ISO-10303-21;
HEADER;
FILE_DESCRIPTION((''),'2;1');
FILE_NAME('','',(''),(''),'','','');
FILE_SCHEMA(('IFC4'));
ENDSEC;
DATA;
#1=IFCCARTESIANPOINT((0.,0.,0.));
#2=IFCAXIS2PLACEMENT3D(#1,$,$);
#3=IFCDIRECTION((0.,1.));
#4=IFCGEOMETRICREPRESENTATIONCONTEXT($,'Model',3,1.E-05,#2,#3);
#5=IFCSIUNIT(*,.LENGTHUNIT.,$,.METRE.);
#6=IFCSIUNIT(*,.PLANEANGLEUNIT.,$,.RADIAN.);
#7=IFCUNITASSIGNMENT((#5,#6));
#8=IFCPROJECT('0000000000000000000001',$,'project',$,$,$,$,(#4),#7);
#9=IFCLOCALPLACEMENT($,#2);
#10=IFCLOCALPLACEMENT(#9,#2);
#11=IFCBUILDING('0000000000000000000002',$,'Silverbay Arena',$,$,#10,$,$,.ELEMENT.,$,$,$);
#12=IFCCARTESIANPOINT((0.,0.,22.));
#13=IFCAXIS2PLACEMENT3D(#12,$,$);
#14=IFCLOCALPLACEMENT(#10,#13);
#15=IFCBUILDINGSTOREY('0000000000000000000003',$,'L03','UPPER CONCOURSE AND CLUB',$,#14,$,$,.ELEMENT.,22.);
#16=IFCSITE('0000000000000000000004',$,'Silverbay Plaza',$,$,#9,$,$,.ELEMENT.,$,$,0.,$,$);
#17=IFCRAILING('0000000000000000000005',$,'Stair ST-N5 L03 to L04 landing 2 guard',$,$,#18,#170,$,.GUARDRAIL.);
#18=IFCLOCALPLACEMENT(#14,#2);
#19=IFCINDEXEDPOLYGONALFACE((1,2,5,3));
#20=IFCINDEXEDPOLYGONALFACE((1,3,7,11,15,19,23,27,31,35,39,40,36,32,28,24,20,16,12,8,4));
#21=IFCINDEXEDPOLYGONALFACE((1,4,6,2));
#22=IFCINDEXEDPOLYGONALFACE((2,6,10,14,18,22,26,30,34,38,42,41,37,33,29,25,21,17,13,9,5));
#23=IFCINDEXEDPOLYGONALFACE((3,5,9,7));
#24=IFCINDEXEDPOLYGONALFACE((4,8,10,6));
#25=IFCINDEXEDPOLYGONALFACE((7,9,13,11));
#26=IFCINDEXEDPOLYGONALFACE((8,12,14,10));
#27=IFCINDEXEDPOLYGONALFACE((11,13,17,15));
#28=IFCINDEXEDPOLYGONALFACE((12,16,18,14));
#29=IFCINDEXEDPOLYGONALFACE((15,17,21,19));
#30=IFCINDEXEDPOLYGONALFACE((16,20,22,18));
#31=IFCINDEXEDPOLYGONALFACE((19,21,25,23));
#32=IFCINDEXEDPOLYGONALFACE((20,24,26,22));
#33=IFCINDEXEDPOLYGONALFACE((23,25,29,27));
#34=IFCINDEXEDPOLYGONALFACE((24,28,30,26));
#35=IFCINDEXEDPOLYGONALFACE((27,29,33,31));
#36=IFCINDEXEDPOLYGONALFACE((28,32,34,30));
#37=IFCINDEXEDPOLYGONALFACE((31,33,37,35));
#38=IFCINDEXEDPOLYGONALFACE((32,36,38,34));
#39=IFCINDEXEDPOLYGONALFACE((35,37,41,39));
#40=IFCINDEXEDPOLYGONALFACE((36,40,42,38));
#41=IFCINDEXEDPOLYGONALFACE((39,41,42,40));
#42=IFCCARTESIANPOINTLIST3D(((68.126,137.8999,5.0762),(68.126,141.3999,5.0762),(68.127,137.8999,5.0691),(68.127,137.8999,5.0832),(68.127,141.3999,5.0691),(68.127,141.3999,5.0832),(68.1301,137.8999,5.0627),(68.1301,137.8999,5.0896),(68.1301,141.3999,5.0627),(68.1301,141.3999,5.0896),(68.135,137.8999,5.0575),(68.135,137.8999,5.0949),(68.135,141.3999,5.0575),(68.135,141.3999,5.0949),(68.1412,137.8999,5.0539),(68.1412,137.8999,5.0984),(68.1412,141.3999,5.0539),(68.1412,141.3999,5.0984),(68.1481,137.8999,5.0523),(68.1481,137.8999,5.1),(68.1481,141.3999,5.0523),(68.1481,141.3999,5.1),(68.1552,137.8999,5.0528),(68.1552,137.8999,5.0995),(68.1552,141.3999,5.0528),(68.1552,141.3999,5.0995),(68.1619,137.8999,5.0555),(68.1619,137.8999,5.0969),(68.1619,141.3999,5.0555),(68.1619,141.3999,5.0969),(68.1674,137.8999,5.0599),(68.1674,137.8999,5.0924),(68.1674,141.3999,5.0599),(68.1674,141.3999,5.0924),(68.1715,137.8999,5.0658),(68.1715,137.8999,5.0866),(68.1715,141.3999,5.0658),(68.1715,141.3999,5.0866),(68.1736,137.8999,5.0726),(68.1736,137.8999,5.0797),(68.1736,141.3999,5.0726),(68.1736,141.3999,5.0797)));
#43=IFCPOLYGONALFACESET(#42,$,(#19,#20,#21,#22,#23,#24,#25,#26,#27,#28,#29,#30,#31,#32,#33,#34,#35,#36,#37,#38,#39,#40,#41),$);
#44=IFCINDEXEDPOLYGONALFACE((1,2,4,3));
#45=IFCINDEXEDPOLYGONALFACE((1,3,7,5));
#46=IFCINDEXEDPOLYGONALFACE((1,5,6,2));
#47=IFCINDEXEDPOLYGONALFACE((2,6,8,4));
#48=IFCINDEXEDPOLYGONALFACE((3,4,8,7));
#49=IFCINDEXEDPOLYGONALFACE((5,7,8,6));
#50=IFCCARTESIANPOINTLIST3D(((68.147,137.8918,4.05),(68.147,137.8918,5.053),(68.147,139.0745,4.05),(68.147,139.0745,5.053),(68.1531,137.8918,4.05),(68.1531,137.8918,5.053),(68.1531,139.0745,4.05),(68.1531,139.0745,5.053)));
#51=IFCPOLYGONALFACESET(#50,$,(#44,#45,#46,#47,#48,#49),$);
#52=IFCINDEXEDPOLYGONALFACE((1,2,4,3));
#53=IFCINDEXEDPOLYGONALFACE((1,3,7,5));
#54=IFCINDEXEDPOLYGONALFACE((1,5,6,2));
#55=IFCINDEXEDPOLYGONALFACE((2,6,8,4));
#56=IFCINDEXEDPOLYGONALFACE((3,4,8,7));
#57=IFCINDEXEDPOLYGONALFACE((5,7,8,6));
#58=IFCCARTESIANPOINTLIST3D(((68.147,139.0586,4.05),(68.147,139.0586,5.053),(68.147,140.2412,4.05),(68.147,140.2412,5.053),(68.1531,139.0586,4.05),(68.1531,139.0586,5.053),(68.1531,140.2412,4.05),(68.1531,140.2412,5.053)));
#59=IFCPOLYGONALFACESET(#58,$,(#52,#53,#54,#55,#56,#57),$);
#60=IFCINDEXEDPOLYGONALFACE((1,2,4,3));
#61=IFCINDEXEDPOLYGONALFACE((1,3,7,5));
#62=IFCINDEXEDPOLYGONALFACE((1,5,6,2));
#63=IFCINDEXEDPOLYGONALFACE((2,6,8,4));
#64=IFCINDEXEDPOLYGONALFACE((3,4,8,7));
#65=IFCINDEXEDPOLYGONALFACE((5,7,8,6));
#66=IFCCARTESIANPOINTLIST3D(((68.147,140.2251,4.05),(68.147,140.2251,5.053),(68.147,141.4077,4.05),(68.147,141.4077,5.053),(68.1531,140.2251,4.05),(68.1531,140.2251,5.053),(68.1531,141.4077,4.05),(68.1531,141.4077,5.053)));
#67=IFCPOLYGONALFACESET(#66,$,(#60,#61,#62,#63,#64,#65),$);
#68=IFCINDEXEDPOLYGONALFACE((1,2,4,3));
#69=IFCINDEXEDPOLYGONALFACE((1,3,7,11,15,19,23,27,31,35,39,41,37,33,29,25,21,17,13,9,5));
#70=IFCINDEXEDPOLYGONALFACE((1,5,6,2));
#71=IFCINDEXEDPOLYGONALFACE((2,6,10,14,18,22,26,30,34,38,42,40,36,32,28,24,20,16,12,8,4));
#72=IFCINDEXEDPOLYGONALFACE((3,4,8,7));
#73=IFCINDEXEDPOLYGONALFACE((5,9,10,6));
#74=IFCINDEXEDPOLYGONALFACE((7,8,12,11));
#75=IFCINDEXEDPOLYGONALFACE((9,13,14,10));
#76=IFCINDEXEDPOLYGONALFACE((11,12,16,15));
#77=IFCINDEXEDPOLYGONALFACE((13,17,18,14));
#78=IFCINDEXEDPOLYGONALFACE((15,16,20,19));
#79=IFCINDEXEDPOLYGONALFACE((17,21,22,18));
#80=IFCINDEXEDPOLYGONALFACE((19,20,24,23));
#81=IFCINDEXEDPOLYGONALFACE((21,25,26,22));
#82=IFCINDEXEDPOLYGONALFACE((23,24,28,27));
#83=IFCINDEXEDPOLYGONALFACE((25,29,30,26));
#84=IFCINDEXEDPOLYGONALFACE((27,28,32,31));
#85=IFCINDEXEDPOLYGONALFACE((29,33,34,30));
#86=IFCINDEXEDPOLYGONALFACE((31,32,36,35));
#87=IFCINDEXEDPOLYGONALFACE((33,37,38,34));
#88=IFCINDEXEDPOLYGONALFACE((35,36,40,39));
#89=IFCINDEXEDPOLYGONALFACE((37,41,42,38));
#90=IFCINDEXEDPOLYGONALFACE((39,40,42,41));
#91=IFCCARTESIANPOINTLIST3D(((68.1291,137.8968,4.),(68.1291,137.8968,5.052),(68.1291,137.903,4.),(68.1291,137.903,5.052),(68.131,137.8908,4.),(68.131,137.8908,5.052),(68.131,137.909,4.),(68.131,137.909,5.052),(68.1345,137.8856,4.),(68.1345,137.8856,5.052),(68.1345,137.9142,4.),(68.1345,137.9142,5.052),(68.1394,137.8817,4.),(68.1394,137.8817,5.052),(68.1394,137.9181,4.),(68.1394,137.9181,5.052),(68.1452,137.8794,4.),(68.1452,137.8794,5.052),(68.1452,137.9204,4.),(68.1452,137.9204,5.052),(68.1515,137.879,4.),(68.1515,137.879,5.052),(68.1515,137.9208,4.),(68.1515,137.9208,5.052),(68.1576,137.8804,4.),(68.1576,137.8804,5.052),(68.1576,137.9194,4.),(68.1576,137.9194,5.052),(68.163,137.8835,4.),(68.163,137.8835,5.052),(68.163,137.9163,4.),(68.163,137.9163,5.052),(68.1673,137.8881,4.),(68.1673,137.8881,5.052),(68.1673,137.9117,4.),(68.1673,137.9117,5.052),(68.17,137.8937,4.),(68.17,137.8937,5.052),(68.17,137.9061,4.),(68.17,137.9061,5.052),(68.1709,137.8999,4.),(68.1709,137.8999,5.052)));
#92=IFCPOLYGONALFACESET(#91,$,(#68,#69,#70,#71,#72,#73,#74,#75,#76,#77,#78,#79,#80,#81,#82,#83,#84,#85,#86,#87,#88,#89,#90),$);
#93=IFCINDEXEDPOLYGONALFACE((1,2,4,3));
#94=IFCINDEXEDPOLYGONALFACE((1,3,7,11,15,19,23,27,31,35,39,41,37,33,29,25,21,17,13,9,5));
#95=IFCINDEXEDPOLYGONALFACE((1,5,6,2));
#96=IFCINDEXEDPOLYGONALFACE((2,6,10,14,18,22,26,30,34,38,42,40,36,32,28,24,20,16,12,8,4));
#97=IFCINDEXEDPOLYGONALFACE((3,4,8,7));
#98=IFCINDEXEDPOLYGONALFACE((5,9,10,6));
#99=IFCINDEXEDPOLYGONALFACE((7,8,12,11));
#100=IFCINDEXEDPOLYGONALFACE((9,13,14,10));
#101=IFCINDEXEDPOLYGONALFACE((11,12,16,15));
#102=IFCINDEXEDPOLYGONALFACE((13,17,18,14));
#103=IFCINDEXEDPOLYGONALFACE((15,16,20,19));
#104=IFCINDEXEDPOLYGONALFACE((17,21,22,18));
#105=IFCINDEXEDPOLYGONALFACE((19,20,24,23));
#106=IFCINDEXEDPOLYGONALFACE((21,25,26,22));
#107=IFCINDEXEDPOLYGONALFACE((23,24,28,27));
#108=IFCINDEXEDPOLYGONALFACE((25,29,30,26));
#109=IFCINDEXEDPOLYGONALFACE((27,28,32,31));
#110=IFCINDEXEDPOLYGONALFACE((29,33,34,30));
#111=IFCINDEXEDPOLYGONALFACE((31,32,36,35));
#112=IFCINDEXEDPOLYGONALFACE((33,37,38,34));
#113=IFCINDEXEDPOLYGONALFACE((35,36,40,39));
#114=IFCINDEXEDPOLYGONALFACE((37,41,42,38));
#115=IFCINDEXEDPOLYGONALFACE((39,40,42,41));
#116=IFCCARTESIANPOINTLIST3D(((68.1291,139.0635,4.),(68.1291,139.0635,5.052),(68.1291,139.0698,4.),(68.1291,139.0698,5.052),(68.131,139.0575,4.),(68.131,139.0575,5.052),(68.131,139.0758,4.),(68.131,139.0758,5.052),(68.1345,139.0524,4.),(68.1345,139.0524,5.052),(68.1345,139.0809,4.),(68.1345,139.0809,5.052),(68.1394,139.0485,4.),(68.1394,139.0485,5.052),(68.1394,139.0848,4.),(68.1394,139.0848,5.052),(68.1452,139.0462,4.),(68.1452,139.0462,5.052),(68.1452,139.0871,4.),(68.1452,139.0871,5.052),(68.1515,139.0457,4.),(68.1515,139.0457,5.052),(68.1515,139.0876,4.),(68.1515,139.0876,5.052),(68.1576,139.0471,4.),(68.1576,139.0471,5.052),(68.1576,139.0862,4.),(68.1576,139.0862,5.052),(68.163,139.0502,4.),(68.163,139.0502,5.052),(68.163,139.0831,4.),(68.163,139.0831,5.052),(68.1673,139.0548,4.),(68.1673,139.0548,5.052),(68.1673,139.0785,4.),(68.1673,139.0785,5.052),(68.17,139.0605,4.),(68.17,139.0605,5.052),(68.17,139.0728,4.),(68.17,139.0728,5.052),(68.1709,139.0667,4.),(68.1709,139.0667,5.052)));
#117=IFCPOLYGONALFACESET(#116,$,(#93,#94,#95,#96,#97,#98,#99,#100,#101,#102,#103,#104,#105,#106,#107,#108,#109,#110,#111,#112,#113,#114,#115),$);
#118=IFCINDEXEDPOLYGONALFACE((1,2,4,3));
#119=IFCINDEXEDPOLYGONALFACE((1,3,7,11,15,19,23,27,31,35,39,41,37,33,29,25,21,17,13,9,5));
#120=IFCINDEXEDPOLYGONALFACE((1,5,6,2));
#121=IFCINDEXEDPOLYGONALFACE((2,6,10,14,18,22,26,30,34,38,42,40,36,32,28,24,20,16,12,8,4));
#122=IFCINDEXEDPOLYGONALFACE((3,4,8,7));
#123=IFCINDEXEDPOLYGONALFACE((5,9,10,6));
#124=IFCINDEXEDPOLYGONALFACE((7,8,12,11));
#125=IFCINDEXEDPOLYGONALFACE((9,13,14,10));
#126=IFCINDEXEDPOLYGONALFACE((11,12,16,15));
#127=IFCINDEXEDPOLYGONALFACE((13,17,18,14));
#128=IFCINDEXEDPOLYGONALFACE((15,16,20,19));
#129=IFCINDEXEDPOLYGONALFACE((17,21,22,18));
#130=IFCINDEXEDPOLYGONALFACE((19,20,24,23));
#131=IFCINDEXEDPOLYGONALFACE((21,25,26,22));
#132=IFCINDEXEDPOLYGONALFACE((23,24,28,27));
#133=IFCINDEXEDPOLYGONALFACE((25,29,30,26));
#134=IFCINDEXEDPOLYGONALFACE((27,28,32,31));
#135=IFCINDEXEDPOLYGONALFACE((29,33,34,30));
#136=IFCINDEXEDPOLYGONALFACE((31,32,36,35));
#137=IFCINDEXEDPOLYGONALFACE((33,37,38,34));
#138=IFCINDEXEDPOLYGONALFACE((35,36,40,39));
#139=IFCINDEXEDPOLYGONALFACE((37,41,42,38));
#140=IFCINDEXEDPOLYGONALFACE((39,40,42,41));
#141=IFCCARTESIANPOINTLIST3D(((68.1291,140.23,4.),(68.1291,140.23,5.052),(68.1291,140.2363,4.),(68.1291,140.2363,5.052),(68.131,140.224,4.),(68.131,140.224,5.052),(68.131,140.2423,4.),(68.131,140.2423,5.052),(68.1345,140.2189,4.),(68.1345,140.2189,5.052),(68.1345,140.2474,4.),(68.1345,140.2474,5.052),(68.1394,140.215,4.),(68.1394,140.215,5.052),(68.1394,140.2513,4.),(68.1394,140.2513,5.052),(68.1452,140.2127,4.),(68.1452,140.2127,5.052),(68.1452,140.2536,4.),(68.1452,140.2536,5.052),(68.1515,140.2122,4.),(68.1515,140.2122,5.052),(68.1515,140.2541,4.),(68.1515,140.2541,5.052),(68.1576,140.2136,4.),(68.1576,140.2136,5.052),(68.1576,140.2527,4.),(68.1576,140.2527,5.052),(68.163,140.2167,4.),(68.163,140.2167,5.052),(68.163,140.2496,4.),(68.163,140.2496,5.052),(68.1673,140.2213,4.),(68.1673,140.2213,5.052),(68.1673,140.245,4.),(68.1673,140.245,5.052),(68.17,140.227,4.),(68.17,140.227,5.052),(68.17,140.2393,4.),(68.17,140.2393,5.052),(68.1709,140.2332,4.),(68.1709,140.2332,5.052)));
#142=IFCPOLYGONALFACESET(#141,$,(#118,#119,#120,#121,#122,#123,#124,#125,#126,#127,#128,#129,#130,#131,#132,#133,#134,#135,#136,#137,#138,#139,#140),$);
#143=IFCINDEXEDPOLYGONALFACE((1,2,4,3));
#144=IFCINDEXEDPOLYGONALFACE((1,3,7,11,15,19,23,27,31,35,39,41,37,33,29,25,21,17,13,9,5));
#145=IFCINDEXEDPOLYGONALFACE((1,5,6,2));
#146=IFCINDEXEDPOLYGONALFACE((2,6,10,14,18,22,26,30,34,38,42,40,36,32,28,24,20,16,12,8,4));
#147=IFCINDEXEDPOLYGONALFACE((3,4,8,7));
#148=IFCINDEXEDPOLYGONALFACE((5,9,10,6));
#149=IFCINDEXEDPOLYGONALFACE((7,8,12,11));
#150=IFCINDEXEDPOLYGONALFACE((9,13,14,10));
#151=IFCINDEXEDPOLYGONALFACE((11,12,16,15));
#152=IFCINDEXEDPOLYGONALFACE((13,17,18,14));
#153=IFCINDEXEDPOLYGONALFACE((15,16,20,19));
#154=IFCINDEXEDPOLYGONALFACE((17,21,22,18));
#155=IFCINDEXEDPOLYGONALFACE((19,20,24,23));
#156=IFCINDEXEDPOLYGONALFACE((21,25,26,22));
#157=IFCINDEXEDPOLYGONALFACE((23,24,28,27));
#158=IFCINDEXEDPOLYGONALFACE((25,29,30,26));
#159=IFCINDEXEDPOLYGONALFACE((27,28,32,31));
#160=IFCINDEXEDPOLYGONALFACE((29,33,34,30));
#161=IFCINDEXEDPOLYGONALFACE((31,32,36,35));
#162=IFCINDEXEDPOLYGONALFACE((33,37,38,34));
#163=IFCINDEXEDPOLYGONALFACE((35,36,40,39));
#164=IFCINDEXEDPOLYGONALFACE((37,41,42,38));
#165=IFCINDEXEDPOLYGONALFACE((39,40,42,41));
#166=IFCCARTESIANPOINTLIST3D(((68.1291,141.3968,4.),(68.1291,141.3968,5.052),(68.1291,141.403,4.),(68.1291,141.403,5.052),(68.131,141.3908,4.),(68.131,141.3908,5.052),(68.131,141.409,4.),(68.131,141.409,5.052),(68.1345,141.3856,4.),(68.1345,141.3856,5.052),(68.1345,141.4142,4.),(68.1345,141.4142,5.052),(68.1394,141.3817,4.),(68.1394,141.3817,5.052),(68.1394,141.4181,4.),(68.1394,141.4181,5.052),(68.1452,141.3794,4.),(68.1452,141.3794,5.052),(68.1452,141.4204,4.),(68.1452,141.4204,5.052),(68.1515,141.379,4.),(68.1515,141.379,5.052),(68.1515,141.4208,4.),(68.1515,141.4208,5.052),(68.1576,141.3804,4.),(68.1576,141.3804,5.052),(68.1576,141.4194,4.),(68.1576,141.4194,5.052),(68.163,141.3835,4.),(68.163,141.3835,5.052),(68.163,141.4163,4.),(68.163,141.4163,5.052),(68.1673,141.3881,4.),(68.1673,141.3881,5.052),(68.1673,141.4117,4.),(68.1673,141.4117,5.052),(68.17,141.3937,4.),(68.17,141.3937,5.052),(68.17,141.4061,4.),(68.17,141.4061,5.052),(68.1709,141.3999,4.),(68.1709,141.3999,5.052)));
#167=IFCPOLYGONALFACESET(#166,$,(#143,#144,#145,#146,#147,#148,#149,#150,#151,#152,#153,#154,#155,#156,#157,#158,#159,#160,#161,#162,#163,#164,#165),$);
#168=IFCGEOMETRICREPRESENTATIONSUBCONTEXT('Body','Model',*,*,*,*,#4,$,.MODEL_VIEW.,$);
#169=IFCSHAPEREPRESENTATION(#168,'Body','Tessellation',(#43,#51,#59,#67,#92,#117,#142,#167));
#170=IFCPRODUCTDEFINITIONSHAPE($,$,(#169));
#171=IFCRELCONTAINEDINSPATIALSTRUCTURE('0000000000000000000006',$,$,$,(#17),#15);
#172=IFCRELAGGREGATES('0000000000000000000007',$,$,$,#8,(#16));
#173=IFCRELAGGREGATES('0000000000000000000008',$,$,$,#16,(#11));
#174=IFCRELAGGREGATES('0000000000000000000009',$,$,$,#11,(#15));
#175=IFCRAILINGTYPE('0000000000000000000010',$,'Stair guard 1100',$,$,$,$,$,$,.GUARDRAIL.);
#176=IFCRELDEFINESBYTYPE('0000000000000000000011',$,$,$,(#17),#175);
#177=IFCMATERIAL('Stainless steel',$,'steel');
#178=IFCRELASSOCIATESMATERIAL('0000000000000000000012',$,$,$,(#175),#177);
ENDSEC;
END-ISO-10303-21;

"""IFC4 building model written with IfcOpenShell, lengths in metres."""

from ifc_helpers import new_model, si_unit, direction, frame, origin, origin_2d, place, context, subcontext, project, spatial, polyline, circle, outline, extrude, material, type_object, element, save


model = new_model("IFC4")

# Units and contexts
model_context = context("Model", 3, precision=1e-05, world=origin(), true_north=direction((0.0, 1.0)))
body_context = subcontext(model_context, "Body", "Model", "MODEL_VIEW")
ifc_project = project(units=[si_unit("LENGTHUNIT", "METRE"), si_unit("PLANEANGLEUNIT", "RADIAN")], contexts=[model_context])

# Site, building, storey
site_placement = place(None, origin())
site = spatial("IfcSite", under=ifc_project, at=site_placement, Name="Silverbay Plaza", CompositionType="ELEMENT", RefElevation=0.0)
building_placement = place(site_placement, origin())
building = spatial("IfcBuilding", under=site, at=building_placement, Name="Silverbay Arena", CompositionType="ELEMENT")
storey_placement = place(building_placement, frame((0.0, 0.0, 22.0)))
storey = spatial("IfcBuildingStorey", under=building, at=storey_placement, Name="L03", Description="UPPER CONCOURSE AND CLUB", CompositionType="ELEMENT", Elevation=22.0)

# Railing
ifc_material_1 = material(Name="Stainless steel", Category="steel")
railing_type_1 = type_object("IfcRailingType", Name="Stair guard 1100", PredefinedType="GUARDRAIL", material=ifc_material_1)
for number, where, name in (
    (1, (68.1499, 137.8999, 4.0), "Stair ST-N5 L03 to L04 landing 2 guard"),
):
    element("IfcRailing", number, at=place(storey_placement, frame(where)), inside=storey, type_object=railing_type_1, Name=name, PredefinedType="GUARDRAIL", context=body_context, shape_type="SweptSolid", body=[
        extrude(circle(Radius=0.0239, at=origin_2d()), frame((0.0, 0.0, 1.0762), z_axis=(0.0, 1.0, 0.0), x_axis=(-1.0, 0.0, 0.0)), (0.0, 0.0, 1.0), 3.5),
        extrude(outline(polyline([(-0.0081, 0.05), (1.1746, 0.05), (1.1746, 1.053), (-0.0081, 1.053), (-0.0081, 0.05)])), frame((-0.0029, 0.0, 0.0), z_axis=(1.0, 0.0, 0.0), x_axis=(0.0, 1.0, 0.0)), (0.0, 0.0, 1.0), 0.0061),
        extrude(outline(polyline([(-0.0081, 0.05), (1.1746, 0.05), (1.1746, 1.053), (-0.0081, 1.053), (-0.0081, 0.05)])), frame((-0.0029, 1.1667, 0.0), z_axis=(1.0, 0.0, 0.0), x_axis=(0.0, 1.0, 0.0)), (0.0, 0.0, 1.0), 0.0061),
        extrude(outline(polyline([(-0.0081, 0.05), (1.1746, 0.05), (1.1746, 1.053), (-0.0081, 1.053), (-0.0081, 0.05)])), frame((-0.0029, 2.3333, 0.0), z_axis=(1.0, 0.0, 0.0), x_axis=(0.0, 1.0, 0.0)), (0.0, 0.0, 1.0), 0.0061),
        extrude(circle(Radius=0.021, at=origin_2d()), origin(), (0.0, 0.0, 1.0), 1.052),
        extrude(circle(Radius=0.021, at=origin_2d()), frame((0.0, 1.1667, 0.0)), (0.0, 0.0, 1.0), 1.052),
        extrude(circle(Radius=0.021, at=origin_2d()), frame((0.0, 2.3333, 0.0)), (0.0, 0.0, 1.0), 1.052),
        extrude(circle(Radius=0.021, at=origin_2d()), frame((0.0, 3.5, 0.0)), (0.0, 0.0, 1.0), 1.052),
    ])

save(model, "model.ifc")
